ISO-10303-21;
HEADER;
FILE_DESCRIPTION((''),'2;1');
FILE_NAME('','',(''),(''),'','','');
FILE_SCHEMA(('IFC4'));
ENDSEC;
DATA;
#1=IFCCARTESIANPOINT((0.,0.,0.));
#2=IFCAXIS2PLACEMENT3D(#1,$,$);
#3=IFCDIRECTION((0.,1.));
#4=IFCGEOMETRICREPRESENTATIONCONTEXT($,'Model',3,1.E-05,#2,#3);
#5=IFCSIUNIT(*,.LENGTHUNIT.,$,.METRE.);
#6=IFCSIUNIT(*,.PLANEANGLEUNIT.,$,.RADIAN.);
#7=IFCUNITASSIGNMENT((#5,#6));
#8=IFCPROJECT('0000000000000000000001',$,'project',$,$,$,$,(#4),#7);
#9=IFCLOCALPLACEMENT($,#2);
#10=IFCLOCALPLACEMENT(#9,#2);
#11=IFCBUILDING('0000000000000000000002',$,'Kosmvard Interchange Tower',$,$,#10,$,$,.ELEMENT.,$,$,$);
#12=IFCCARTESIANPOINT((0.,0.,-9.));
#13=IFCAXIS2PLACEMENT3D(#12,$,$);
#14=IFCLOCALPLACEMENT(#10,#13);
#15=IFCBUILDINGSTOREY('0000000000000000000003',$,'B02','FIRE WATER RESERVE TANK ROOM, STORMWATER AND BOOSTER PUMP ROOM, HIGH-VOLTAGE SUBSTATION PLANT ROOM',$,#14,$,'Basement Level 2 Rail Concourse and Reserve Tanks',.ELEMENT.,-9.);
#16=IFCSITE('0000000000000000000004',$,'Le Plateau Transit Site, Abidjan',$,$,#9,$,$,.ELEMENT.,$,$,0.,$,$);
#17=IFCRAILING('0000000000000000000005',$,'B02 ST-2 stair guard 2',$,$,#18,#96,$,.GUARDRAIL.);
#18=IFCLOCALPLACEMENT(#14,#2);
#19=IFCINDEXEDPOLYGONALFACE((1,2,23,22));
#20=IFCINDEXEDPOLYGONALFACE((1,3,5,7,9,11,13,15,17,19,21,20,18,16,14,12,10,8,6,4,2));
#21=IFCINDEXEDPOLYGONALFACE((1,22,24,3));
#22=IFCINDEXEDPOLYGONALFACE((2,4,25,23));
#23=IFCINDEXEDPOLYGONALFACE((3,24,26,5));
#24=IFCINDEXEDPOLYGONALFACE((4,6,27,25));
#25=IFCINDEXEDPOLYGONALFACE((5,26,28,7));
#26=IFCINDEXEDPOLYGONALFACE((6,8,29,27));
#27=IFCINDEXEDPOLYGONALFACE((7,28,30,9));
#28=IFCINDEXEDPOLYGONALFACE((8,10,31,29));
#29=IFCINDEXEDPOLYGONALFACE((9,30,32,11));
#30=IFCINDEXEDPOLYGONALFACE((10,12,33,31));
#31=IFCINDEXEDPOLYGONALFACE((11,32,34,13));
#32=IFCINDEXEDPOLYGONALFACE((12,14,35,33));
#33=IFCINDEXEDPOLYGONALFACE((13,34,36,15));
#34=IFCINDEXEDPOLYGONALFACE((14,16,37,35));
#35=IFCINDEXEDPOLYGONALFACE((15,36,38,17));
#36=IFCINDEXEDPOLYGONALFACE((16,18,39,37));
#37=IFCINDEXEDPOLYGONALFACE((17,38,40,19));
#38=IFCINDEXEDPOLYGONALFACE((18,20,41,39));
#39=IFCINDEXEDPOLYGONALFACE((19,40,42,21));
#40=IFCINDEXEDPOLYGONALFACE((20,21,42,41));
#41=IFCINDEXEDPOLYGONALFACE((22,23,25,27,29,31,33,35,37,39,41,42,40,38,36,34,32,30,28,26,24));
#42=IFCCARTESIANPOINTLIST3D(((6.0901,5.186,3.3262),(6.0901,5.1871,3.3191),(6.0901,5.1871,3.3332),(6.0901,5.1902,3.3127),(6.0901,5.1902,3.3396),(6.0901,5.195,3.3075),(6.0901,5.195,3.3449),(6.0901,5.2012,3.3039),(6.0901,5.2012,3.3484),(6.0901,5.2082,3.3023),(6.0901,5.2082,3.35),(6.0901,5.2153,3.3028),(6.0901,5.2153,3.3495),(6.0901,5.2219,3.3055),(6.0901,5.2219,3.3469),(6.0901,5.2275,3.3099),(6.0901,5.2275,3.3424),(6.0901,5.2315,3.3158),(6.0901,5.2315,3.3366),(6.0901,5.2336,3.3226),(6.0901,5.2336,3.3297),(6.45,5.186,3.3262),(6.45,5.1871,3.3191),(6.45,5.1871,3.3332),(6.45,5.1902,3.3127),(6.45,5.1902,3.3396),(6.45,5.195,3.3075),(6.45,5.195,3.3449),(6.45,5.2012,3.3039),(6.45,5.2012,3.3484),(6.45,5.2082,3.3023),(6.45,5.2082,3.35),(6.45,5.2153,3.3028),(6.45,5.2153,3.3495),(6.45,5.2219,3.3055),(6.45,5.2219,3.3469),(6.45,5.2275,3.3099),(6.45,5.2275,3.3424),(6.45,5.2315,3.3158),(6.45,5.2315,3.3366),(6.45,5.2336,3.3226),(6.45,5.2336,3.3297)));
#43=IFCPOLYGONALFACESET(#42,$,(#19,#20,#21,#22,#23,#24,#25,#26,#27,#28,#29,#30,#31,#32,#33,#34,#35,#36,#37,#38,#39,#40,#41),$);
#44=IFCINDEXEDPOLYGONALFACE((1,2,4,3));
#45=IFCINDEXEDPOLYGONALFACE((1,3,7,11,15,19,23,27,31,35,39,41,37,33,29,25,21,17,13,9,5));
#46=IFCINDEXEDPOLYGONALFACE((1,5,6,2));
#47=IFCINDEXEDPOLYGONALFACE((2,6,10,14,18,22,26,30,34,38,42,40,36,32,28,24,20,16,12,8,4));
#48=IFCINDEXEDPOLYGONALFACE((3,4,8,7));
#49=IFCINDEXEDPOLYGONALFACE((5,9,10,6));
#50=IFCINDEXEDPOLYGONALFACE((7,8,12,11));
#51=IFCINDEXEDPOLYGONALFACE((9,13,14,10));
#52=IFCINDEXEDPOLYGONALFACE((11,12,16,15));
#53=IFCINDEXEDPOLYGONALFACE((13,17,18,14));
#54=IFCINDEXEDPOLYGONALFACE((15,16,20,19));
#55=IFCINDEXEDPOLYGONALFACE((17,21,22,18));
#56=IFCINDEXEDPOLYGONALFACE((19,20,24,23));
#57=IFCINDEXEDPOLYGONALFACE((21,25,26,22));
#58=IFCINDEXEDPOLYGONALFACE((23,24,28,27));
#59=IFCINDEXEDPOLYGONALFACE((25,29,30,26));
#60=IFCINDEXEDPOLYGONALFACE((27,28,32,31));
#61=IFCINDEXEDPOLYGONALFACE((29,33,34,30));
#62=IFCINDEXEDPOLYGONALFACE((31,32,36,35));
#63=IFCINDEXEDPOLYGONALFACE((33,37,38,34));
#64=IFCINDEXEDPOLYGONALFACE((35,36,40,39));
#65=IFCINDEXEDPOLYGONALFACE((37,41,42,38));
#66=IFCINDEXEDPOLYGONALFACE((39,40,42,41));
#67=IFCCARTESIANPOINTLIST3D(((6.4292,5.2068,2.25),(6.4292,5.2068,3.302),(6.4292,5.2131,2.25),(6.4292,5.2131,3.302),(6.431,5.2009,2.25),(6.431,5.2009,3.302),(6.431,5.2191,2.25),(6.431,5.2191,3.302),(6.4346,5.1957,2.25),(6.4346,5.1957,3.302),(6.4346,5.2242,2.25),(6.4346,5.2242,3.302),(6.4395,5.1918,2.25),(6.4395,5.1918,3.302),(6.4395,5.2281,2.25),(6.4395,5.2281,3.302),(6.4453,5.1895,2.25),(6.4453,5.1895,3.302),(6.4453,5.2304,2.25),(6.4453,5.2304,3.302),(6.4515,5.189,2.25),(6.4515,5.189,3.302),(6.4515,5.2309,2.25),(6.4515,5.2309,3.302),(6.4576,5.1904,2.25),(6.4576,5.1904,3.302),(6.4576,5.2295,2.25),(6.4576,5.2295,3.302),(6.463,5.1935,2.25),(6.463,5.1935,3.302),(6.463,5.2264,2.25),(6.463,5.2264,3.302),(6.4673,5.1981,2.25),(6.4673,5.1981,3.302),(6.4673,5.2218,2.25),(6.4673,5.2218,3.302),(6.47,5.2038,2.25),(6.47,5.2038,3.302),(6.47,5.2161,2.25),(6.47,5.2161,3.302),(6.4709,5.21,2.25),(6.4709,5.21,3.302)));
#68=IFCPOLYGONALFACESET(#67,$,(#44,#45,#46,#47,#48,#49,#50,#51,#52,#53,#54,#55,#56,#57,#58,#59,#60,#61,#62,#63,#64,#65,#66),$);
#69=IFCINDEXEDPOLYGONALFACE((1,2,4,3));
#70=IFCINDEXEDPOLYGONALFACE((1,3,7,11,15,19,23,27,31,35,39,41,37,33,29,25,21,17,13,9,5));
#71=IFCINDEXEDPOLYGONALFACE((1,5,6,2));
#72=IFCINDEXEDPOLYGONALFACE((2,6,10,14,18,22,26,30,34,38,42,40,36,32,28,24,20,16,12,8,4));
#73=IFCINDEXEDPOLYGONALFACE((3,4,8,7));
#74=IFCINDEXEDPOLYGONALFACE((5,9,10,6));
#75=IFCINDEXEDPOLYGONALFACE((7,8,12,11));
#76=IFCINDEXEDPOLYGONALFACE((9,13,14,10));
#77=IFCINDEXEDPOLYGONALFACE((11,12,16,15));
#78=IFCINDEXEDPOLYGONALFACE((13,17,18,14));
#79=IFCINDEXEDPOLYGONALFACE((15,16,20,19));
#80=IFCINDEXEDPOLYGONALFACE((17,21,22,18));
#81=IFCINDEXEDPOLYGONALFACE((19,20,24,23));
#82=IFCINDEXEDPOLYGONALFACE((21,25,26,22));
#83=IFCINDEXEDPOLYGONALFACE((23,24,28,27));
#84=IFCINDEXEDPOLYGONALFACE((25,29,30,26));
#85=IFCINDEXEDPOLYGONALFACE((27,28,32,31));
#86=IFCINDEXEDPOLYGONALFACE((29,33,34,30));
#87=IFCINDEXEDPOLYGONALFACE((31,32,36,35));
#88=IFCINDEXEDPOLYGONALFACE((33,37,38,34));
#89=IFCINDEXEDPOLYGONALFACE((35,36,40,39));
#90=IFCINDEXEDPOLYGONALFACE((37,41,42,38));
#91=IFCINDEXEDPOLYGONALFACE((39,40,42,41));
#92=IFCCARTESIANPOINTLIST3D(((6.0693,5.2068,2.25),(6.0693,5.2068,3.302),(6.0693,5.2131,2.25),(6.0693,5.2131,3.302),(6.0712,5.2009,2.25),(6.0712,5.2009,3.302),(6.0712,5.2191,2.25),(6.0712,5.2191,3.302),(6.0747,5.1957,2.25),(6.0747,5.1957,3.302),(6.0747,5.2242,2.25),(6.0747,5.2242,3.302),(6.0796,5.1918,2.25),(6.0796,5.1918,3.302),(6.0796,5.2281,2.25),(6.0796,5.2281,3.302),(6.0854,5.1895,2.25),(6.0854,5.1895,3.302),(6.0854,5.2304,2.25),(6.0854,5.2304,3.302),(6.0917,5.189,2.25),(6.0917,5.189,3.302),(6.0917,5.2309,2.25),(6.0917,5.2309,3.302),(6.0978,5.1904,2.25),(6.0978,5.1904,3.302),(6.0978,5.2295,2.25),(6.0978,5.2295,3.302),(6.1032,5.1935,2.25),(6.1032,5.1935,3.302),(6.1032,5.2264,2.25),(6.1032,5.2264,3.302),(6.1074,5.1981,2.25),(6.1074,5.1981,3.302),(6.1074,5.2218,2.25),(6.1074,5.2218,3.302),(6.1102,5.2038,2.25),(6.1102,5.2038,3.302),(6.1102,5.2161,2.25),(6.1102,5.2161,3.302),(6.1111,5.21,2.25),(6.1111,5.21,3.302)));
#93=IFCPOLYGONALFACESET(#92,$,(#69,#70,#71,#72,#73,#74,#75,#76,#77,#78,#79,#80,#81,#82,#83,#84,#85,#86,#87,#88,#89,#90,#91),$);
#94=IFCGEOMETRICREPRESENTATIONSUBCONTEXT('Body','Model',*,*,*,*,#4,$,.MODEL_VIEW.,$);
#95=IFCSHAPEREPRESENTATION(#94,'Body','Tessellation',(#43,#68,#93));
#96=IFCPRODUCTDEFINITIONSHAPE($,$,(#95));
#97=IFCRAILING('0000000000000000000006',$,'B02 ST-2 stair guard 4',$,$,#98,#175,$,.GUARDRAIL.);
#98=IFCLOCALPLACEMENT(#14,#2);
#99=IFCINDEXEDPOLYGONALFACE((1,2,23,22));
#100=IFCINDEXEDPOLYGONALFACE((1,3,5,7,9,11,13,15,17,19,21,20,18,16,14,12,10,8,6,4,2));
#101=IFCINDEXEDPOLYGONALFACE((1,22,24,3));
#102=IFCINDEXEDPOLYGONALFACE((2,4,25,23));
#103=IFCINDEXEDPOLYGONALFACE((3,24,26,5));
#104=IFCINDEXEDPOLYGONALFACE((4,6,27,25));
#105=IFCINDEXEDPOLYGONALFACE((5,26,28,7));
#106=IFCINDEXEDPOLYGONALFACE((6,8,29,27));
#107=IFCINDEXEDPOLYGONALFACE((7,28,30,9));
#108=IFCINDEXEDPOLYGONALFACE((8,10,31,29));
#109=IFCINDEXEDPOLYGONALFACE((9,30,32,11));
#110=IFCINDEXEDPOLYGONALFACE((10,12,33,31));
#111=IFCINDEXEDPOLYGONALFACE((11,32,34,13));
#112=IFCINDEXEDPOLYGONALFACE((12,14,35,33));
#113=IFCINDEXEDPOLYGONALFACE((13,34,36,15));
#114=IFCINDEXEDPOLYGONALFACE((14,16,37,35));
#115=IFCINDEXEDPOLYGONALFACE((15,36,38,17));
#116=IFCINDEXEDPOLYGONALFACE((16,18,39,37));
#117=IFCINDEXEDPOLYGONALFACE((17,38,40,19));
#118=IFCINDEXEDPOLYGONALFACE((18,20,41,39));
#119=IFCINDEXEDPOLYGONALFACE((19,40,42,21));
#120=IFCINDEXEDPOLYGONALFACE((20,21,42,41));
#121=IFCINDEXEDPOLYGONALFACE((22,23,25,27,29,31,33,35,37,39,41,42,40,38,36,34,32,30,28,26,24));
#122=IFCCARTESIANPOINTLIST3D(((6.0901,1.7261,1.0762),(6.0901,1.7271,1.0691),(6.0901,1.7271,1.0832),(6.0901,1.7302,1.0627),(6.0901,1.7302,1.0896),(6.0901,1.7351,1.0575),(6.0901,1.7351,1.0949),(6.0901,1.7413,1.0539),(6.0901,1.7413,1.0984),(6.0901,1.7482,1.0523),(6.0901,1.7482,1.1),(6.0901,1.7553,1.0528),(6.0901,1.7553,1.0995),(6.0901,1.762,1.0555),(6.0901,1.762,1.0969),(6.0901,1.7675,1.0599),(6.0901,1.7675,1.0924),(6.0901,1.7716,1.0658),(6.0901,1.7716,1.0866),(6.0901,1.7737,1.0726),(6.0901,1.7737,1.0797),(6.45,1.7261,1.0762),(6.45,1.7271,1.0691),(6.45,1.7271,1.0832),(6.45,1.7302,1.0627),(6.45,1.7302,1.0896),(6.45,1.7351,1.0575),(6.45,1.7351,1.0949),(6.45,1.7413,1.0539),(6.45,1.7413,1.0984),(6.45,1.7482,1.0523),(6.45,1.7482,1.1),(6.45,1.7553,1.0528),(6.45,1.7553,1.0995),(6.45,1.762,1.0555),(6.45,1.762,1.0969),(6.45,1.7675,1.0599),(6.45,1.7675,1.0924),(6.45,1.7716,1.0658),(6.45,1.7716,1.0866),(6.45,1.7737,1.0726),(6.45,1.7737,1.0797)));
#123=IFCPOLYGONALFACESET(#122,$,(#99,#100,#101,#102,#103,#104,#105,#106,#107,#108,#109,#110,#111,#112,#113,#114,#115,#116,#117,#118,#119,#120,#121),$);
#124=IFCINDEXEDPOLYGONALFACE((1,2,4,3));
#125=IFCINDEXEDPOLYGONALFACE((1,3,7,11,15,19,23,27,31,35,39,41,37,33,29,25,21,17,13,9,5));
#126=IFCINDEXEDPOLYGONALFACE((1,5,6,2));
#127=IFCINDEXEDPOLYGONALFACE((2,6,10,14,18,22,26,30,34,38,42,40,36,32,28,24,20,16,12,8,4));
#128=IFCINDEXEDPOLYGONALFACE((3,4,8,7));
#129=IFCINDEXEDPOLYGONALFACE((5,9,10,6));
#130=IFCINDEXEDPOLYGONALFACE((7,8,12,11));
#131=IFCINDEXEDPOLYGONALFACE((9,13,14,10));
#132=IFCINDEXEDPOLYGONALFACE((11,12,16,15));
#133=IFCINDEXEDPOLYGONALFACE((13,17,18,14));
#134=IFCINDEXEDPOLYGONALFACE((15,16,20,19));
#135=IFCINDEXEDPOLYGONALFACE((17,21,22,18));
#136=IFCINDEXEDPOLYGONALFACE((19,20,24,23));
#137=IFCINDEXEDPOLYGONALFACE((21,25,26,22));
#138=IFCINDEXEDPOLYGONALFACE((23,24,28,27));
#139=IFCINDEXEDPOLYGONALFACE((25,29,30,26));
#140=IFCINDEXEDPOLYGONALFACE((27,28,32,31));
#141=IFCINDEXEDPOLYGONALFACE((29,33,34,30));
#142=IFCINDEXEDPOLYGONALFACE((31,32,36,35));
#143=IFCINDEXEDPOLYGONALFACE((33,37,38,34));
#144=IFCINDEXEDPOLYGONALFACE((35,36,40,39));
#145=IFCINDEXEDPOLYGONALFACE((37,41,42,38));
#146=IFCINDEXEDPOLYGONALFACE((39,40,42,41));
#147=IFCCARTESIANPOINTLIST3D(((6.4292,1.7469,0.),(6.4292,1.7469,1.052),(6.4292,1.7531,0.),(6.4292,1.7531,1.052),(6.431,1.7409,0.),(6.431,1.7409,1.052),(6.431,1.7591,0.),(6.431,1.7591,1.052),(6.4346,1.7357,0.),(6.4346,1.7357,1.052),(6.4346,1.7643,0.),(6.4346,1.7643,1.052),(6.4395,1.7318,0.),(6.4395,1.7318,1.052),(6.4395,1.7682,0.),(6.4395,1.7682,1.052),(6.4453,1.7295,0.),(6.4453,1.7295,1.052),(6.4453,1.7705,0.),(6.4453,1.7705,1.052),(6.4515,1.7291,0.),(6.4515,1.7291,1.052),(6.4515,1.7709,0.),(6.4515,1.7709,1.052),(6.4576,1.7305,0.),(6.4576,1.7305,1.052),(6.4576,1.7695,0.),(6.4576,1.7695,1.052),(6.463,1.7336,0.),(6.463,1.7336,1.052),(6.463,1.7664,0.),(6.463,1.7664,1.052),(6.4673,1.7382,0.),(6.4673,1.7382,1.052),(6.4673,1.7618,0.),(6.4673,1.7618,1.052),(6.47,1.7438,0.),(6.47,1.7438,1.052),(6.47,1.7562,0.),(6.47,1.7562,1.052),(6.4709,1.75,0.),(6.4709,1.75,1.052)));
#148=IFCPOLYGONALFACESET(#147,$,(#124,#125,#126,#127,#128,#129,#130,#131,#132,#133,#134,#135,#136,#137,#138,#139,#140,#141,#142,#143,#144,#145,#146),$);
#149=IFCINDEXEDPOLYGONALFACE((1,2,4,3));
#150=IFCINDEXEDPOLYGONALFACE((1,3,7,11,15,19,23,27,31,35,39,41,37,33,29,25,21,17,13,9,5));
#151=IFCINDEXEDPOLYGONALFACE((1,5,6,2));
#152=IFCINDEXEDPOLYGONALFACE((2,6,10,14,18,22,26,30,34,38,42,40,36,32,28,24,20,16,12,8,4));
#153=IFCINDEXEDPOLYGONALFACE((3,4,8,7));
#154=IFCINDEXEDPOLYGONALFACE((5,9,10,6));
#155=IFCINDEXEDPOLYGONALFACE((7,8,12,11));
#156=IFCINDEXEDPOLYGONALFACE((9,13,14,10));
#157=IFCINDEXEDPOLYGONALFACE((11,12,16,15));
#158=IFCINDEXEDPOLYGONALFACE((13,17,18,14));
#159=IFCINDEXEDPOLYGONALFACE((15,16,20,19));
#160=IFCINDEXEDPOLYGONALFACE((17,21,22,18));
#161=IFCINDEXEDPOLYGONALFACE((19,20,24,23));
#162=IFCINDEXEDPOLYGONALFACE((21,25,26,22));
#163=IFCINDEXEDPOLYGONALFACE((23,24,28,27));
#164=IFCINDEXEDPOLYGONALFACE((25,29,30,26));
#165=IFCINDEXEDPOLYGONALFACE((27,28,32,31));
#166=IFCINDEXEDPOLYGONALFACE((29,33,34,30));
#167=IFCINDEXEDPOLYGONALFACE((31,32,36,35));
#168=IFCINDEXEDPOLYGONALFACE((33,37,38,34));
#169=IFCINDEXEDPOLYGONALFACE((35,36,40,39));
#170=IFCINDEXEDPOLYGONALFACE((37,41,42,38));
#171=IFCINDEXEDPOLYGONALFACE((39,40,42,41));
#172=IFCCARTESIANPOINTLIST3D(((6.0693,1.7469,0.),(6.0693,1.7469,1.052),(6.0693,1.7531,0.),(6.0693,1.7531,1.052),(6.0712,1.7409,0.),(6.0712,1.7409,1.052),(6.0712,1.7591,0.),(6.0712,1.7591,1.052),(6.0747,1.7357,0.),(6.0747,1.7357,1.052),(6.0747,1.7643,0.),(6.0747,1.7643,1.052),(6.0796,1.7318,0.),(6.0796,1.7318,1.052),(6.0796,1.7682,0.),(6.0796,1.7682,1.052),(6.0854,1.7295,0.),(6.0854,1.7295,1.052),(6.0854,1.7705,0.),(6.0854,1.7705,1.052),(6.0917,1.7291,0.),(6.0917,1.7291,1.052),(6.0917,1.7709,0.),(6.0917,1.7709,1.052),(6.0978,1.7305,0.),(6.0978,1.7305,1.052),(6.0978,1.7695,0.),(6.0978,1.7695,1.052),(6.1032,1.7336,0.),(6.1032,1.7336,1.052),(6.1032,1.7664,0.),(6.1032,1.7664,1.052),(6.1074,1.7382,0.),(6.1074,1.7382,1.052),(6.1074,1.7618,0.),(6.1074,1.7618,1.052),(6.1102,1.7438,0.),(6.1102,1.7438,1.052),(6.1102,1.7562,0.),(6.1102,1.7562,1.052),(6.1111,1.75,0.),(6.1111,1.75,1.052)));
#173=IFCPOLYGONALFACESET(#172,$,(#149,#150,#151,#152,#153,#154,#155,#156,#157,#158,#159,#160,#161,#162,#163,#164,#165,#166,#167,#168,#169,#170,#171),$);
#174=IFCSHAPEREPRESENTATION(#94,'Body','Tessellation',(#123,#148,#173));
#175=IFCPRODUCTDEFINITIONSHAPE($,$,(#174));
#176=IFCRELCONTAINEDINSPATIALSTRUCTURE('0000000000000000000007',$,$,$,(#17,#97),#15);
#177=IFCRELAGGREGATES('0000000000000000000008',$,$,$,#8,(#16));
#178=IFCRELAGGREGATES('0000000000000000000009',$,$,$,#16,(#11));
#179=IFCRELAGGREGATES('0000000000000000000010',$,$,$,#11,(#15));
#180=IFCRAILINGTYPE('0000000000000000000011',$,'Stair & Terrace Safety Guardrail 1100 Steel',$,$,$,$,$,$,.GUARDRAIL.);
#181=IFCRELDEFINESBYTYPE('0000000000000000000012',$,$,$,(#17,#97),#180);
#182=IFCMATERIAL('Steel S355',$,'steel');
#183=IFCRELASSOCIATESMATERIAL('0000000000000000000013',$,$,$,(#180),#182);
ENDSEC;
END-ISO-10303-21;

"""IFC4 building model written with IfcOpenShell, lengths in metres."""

from ifc_helpers import new_model, si_unit, direction, frame, origin, origin_2d, place, context, subcontext, project, spatial, circle, extrude, source, transform, mapped, material, type_object, element, save


model = new_model("IFC4")

# Units and contexts
model_context = context("Model", 3, precision=1e-05, world=origin(), true_north=direction((0.0, 1.0)))
body_context = subcontext(model_context, "Body", "Model", "MODEL_VIEW")
ifc_project = project(units=[si_unit("LENGTHUNIT", "METRE"), si_unit("PLANEANGLEUNIT", "RADIAN")], contexts=[model_context])

# Site, building, storey
site_placement = place(None, origin())
site = spatial("IfcSite", under=ifc_project, at=site_placement, Name="Le Plateau Transit Site, Abidjan", CompositionType="ELEMENT", RefElevation=0.0)
building_placement = place(site_placement, origin())
building = spatial("IfcBuilding", under=site, at=building_placement, Name="Kosmvard Interchange Tower", CompositionType="ELEMENT")
storey_placement = place(building_placement, frame((0.0, 0.0, -9.0)))
storey = spatial("IfcBuildingStorey", under=building, at=storey_placement, Name="B02", Description="FIRE WATER RESERVE TANK ROOM, STORMWATER AND BOOSTER PUMP ROOM, HIGH-VOLTAGE SUBSTATION PLANT ROOM", LongName="Basement Level 2 Rail Concourse and Reserve Tanks", CompositionType="ELEMENT", Elevation=-9.0)

# Railings
ifc_material_1 = material(Name="Steel S355", Category="steel")
railing_type_1 = type_object("IfcRailingType", Name="Stair & Terrace Safety Guardrail 1100 Steel", PredefinedType="GUARDRAIL", material=ifc_material_1)
shared_shape_1 = source(origin(), body_context, "Body", "SweptSolid", [
    extrude(circle(Radius=0.0239, at=origin_2d()), frame((0.0, 0.0, 1.0762), z_axis=(-1.0, 0.0, 0.0), x_axis=(0.0, -1.0, 0.0)), (0.0, 0.0, 1.0), 0.3599),
    extrude(circle(Radius=0.021, at=origin_2d()), origin(), (0.0, 0.0, 1.0), 1.052),
    extrude(circle(Radius=0.021, at=origin_2d()), frame((-0.3599, 0.0, 0.0)), (0.0, 0.0, 1.0), 1.052),
])
for number, where, name in (
    (1, (6.45, 5.21, 2.25), "B02 ST-2 stair guard 2"),
    (2, (6.45, 1.75, 0.0), "B02 ST-2 stair guard 4"),
):
    element("IfcRailing", number, at=place(storey_placement, frame(where)), inside=storey, type_object=railing_type_1, Name=name, PredefinedType="GUARDRAIL", context=body_context, shape_type="MappedRepresentation", body=[
        mapped(shared_shape_1, transform((0.0, 0.0, 0.0), scale=1.0)),
    ])

save(model, "model.ifc")
